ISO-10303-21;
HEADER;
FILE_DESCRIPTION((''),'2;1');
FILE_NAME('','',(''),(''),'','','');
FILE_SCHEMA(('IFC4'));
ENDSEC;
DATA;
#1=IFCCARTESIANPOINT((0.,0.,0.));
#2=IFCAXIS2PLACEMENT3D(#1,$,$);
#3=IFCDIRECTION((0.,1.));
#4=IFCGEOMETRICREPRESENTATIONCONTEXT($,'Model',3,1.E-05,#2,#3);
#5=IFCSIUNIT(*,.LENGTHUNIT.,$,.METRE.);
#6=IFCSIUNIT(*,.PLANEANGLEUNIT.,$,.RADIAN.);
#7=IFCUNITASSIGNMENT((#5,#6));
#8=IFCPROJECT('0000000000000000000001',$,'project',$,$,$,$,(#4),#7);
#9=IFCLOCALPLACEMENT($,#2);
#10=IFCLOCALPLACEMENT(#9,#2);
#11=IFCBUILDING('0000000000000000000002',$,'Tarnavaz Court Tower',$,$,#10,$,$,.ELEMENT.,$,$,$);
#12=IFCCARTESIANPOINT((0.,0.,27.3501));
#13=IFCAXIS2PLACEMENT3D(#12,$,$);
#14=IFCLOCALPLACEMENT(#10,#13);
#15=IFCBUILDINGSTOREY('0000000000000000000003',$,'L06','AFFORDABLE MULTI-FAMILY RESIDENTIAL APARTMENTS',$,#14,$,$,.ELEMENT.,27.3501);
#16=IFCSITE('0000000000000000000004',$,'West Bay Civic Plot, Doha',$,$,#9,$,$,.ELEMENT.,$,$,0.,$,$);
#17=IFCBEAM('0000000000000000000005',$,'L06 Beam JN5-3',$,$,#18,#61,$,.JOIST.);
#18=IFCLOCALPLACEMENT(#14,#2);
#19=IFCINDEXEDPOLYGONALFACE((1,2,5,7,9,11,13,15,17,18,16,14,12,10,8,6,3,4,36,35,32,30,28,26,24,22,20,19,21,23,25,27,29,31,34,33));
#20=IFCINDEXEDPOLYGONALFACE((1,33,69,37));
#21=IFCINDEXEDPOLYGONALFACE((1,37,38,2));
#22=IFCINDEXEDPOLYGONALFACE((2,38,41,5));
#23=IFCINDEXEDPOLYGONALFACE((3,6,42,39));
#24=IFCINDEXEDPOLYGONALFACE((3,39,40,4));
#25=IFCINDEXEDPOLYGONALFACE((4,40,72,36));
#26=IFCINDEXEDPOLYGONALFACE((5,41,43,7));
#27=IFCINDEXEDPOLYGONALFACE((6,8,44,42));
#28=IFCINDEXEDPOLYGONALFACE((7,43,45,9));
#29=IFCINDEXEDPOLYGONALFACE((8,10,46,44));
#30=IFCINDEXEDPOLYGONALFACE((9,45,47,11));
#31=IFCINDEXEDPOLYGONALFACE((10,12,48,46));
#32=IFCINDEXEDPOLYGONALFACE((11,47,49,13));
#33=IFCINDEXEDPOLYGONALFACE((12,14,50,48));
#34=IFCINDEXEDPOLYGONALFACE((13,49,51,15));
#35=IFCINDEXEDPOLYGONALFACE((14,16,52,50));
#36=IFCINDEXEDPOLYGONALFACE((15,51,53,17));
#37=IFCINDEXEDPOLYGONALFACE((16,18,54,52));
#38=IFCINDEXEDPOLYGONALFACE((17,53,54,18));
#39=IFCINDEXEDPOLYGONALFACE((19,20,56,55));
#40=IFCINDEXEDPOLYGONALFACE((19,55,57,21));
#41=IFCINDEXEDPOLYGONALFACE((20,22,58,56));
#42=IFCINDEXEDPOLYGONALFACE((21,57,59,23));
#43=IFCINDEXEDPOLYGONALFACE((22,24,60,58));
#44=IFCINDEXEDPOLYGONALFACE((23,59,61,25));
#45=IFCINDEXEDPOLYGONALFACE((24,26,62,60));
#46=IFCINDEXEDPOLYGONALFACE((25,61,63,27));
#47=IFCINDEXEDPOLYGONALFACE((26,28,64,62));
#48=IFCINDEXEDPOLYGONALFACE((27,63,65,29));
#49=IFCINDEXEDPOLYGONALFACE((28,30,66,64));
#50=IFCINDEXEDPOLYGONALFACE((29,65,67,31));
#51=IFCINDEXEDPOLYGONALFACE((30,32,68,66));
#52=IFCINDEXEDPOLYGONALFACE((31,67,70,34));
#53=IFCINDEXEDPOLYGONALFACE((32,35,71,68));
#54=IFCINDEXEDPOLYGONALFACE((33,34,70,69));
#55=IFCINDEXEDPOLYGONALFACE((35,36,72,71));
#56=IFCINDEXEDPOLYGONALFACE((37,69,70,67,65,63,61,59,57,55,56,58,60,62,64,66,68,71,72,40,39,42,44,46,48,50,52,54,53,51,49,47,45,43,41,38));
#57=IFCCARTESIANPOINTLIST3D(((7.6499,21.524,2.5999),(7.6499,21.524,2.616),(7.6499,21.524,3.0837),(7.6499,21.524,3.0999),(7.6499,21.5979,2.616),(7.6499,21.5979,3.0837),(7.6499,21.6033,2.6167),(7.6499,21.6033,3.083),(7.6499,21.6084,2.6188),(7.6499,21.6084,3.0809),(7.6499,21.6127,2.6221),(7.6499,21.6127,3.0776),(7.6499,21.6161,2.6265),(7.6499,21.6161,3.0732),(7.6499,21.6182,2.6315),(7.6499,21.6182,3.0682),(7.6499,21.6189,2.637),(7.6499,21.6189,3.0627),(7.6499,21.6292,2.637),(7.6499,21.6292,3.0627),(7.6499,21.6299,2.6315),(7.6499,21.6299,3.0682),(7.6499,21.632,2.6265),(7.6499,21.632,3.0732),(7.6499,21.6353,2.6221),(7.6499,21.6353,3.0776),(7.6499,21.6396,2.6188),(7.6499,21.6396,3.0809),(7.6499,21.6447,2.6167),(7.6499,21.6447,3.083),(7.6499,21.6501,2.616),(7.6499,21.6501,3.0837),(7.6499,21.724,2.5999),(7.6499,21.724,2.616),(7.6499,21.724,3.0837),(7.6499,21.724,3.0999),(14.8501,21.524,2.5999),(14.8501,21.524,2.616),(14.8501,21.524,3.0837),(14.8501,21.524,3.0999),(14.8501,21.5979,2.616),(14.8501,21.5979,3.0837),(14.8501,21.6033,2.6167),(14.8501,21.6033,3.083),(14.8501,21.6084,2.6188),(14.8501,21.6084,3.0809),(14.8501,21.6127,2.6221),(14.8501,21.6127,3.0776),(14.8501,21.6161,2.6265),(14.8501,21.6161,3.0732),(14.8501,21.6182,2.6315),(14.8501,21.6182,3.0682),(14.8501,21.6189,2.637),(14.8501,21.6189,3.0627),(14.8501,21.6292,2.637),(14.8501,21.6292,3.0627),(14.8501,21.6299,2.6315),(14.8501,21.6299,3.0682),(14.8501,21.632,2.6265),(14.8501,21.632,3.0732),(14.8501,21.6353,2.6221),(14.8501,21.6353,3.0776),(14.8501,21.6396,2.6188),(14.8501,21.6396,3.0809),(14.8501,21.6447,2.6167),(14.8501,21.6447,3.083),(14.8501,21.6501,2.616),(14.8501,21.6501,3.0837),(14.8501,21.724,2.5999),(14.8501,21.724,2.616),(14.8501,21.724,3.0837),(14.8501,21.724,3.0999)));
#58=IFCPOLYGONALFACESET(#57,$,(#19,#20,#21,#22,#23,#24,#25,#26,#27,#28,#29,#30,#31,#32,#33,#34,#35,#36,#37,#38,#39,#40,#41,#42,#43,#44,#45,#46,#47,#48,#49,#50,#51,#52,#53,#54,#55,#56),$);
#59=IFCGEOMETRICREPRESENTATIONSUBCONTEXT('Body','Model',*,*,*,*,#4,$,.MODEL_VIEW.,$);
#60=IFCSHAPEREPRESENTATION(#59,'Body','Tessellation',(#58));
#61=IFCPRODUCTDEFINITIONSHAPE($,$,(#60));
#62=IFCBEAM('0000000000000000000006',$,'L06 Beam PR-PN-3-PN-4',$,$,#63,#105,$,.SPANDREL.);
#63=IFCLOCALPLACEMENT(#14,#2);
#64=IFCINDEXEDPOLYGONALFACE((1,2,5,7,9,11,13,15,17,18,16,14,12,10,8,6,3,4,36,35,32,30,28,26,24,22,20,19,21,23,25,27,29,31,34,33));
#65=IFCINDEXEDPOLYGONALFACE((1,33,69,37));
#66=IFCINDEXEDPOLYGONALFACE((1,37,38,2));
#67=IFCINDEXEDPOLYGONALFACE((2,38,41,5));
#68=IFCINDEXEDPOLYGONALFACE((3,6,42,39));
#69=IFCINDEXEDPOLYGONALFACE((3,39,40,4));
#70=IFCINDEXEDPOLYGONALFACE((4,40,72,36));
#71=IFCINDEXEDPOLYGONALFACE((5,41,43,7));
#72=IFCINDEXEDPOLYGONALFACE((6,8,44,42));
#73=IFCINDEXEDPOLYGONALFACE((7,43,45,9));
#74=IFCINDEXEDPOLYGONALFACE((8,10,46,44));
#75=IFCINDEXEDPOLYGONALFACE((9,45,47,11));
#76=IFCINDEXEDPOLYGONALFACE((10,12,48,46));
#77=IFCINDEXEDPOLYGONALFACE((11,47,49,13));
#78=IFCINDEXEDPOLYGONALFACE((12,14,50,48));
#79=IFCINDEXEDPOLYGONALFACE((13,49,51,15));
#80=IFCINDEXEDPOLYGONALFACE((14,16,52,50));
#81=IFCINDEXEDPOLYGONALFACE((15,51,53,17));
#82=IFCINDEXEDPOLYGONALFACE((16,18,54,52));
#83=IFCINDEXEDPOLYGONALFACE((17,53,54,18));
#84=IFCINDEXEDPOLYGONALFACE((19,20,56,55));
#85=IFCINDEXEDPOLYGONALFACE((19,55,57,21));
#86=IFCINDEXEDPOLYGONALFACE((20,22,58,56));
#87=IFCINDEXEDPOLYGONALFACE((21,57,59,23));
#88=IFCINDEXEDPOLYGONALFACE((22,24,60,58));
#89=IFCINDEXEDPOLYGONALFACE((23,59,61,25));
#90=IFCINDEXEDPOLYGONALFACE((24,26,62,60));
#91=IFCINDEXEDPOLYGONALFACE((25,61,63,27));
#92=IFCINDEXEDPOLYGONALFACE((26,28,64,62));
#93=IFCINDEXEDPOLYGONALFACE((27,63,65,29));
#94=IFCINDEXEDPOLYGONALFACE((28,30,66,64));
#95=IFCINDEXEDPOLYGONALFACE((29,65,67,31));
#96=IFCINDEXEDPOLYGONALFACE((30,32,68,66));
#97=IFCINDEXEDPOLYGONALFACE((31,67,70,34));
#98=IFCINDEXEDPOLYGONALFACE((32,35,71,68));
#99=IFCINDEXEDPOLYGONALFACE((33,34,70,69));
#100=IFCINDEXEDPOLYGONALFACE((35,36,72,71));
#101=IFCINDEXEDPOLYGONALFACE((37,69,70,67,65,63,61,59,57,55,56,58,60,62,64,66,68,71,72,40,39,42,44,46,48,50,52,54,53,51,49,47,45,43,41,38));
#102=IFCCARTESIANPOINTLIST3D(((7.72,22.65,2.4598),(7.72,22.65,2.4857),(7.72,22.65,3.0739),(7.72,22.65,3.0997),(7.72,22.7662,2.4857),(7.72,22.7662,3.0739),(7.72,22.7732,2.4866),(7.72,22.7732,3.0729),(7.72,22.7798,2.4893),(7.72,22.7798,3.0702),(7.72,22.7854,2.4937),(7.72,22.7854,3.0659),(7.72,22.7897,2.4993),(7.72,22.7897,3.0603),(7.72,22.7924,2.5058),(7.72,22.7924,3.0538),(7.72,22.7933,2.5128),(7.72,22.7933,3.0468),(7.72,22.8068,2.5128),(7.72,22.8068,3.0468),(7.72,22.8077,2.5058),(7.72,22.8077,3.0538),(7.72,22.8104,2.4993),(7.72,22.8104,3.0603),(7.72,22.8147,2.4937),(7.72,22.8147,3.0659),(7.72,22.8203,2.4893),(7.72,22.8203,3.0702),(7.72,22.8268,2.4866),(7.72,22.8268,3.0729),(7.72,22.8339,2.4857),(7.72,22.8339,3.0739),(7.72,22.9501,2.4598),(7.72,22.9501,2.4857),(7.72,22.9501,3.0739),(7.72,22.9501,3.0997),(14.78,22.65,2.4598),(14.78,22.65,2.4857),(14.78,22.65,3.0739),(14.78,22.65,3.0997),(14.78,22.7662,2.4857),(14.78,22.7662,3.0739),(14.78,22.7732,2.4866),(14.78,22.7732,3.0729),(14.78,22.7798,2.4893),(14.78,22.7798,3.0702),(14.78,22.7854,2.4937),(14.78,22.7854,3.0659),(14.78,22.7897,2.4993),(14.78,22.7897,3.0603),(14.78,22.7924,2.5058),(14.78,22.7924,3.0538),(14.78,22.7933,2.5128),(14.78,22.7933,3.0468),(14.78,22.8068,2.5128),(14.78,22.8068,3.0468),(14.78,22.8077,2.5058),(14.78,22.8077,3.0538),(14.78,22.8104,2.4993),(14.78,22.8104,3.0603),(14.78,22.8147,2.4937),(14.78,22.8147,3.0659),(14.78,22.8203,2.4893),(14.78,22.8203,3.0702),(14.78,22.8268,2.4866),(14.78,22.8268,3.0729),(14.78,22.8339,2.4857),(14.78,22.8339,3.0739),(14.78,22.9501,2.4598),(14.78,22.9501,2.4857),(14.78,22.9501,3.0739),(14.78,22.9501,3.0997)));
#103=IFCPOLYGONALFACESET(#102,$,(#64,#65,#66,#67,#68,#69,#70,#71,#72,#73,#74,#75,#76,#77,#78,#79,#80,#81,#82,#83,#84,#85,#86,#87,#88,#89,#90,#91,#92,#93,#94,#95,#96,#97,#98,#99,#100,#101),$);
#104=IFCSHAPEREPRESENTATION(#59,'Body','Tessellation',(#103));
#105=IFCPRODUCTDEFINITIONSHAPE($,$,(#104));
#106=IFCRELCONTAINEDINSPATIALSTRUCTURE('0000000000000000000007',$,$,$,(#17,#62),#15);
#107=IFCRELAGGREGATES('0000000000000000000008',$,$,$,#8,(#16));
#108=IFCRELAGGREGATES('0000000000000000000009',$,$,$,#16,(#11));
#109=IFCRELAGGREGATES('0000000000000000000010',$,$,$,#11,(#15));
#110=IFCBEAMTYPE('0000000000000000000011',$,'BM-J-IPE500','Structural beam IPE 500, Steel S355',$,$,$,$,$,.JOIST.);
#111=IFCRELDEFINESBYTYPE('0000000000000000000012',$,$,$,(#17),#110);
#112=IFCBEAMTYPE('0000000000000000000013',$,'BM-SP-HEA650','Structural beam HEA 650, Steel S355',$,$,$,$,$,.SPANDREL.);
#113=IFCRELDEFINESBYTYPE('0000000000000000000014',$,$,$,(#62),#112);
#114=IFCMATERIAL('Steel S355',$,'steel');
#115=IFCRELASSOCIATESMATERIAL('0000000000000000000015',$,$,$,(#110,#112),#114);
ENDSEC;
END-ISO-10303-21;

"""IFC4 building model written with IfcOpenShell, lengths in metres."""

from ifc_helpers import new_model, si_unit, direction, frame, origin, origin_2d, place, context, subcontext, project, spatial, i_section, extrude, material, material_profile, profile_set, type_object, element, save


model = new_model("IFC4")

# Units and contexts
model_context = context("Model", 3, precision=1e-05, world=origin(), true_north=direction((0.0, 1.0)))
body_context = subcontext(model_context, "Body", "Model", "MODEL_VIEW")
ifc_project = project(units=[si_unit("LENGTHUNIT", "METRE"), si_unit("PLANEANGLEUNIT", "RADIAN")], contexts=[model_context])

# Site, building, storey
site_placement = place(None, origin())
site = spatial("IfcSite", under=ifc_project, at=site_placement, Name="West Bay Civic Plot, Doha", CompositionType="ELEMENT", RefElevation=0.0)
building_placement = place(site_placement, origin())
building = spatial("IfcBuilding", under=site, at=building_placement, Name="Tarnavaz Court Tower", CompositionType="ELEMENT")
storey_placement = place(building_placement, frame((0.0, 0.0, 27.3501)))
storey = spatial("IfcBuildingStorey", under=building, at=storey_placement, Name="L06", Description="AFFORDABLE MULTI-FAMILY RESIDENTIAL APARTMENTS", CompositionType="ELEMENT", Elevation=27.3501)

# Beams
ifc_material_1 = material(Name="Steel S355", Category="steel")
ifc_material_profile_1 = material_profile(ifc_material_1, i_section(OverallWidth=0.2, OverallDepth=0.5, WebThickness=0.0103, FlangeThickness=0.0161, FilletRadius=0.021, at=origin_2d()), Name="IPE 500")
ifc_profile_set_1 = profile_set([ifc_material_profile_1], Name="Steel S355")
beam_type_1 = type_object("IfcBeamType", Name="BM-J-IPE500", Description="Structural beam IPE 500, Steel S355", PredefinedType="JOIST", material=ifc_profile_set_1)
for number, where, z_axis, x_axis, name in (
    (1, (7.6499, 21.624, 2.8499), (1.0, 0.0, 0.0), (0.0, 1.0, 0.0), "L06 Beam JN5-3"),
):
    element("IfcBeam", number, at=place(storey_placement, frame(where, z_axis=z_axis, x_axis=x_axis)), inside=storey, type_object=beam_type_1, Name=name, PredefinedType="JOIST", context=body_context, shape_type="SweptSolid", body=[
        extrude(i_section(OverallWidth=0.2, OverallDepth=0.5, WebThickness=0.0103, FlangeThickness=0.0161, FilletRadius=0.021, at=origin_2d()), origin(), (0.0, 0.0, 1.0), 7.2002),
    ])
ifc_material_profile_2 = material_profile(ifc_material_1, i_section(OverallWidth=0.3, OverallDepth=0.6399, WebThickness=0.0134, FlangeThickness=0.0259, FilletRadius=0.0271, at=origin_2d()), Name="HEA 650")
ifc_profile_set_2 = profile_set([ifc_material_profile_2], Name="Steel S355")
beam_type_2 = type_object("IfcBeamType", Name="BM-SP-HEA650", Description="Structural beam HEA 650, Steel S355", PredefinedType="SPANDREL", material=ifc_profile_set_2)
beam_placement = place(storey_placement, frame((7.72, 22.8, 2.7798), z_axis=(1.0, 0.0, 0.0), x_axis=(0.0, 1.0, 0.0)))
element("IfcBeam", 2, at=beam_placement, inside=storey, type_object=beam_type_2, Name="L06 Beam PR-PN-3-PN-4", PredefinedType="SPANDREL", context=body_context, shape_type="SweptSolid", body=[
    extrude(i_section(OverallWidth=0.3, OverallDepth=0.6399, WebThickness=0.0134, FlangeThickness=0.0259, FilletRadius=0.0271, at=origin_2d()), origin(), (0.0, 0.0, 1.0), 7.0601),
])

save(model, "model.ifc")
